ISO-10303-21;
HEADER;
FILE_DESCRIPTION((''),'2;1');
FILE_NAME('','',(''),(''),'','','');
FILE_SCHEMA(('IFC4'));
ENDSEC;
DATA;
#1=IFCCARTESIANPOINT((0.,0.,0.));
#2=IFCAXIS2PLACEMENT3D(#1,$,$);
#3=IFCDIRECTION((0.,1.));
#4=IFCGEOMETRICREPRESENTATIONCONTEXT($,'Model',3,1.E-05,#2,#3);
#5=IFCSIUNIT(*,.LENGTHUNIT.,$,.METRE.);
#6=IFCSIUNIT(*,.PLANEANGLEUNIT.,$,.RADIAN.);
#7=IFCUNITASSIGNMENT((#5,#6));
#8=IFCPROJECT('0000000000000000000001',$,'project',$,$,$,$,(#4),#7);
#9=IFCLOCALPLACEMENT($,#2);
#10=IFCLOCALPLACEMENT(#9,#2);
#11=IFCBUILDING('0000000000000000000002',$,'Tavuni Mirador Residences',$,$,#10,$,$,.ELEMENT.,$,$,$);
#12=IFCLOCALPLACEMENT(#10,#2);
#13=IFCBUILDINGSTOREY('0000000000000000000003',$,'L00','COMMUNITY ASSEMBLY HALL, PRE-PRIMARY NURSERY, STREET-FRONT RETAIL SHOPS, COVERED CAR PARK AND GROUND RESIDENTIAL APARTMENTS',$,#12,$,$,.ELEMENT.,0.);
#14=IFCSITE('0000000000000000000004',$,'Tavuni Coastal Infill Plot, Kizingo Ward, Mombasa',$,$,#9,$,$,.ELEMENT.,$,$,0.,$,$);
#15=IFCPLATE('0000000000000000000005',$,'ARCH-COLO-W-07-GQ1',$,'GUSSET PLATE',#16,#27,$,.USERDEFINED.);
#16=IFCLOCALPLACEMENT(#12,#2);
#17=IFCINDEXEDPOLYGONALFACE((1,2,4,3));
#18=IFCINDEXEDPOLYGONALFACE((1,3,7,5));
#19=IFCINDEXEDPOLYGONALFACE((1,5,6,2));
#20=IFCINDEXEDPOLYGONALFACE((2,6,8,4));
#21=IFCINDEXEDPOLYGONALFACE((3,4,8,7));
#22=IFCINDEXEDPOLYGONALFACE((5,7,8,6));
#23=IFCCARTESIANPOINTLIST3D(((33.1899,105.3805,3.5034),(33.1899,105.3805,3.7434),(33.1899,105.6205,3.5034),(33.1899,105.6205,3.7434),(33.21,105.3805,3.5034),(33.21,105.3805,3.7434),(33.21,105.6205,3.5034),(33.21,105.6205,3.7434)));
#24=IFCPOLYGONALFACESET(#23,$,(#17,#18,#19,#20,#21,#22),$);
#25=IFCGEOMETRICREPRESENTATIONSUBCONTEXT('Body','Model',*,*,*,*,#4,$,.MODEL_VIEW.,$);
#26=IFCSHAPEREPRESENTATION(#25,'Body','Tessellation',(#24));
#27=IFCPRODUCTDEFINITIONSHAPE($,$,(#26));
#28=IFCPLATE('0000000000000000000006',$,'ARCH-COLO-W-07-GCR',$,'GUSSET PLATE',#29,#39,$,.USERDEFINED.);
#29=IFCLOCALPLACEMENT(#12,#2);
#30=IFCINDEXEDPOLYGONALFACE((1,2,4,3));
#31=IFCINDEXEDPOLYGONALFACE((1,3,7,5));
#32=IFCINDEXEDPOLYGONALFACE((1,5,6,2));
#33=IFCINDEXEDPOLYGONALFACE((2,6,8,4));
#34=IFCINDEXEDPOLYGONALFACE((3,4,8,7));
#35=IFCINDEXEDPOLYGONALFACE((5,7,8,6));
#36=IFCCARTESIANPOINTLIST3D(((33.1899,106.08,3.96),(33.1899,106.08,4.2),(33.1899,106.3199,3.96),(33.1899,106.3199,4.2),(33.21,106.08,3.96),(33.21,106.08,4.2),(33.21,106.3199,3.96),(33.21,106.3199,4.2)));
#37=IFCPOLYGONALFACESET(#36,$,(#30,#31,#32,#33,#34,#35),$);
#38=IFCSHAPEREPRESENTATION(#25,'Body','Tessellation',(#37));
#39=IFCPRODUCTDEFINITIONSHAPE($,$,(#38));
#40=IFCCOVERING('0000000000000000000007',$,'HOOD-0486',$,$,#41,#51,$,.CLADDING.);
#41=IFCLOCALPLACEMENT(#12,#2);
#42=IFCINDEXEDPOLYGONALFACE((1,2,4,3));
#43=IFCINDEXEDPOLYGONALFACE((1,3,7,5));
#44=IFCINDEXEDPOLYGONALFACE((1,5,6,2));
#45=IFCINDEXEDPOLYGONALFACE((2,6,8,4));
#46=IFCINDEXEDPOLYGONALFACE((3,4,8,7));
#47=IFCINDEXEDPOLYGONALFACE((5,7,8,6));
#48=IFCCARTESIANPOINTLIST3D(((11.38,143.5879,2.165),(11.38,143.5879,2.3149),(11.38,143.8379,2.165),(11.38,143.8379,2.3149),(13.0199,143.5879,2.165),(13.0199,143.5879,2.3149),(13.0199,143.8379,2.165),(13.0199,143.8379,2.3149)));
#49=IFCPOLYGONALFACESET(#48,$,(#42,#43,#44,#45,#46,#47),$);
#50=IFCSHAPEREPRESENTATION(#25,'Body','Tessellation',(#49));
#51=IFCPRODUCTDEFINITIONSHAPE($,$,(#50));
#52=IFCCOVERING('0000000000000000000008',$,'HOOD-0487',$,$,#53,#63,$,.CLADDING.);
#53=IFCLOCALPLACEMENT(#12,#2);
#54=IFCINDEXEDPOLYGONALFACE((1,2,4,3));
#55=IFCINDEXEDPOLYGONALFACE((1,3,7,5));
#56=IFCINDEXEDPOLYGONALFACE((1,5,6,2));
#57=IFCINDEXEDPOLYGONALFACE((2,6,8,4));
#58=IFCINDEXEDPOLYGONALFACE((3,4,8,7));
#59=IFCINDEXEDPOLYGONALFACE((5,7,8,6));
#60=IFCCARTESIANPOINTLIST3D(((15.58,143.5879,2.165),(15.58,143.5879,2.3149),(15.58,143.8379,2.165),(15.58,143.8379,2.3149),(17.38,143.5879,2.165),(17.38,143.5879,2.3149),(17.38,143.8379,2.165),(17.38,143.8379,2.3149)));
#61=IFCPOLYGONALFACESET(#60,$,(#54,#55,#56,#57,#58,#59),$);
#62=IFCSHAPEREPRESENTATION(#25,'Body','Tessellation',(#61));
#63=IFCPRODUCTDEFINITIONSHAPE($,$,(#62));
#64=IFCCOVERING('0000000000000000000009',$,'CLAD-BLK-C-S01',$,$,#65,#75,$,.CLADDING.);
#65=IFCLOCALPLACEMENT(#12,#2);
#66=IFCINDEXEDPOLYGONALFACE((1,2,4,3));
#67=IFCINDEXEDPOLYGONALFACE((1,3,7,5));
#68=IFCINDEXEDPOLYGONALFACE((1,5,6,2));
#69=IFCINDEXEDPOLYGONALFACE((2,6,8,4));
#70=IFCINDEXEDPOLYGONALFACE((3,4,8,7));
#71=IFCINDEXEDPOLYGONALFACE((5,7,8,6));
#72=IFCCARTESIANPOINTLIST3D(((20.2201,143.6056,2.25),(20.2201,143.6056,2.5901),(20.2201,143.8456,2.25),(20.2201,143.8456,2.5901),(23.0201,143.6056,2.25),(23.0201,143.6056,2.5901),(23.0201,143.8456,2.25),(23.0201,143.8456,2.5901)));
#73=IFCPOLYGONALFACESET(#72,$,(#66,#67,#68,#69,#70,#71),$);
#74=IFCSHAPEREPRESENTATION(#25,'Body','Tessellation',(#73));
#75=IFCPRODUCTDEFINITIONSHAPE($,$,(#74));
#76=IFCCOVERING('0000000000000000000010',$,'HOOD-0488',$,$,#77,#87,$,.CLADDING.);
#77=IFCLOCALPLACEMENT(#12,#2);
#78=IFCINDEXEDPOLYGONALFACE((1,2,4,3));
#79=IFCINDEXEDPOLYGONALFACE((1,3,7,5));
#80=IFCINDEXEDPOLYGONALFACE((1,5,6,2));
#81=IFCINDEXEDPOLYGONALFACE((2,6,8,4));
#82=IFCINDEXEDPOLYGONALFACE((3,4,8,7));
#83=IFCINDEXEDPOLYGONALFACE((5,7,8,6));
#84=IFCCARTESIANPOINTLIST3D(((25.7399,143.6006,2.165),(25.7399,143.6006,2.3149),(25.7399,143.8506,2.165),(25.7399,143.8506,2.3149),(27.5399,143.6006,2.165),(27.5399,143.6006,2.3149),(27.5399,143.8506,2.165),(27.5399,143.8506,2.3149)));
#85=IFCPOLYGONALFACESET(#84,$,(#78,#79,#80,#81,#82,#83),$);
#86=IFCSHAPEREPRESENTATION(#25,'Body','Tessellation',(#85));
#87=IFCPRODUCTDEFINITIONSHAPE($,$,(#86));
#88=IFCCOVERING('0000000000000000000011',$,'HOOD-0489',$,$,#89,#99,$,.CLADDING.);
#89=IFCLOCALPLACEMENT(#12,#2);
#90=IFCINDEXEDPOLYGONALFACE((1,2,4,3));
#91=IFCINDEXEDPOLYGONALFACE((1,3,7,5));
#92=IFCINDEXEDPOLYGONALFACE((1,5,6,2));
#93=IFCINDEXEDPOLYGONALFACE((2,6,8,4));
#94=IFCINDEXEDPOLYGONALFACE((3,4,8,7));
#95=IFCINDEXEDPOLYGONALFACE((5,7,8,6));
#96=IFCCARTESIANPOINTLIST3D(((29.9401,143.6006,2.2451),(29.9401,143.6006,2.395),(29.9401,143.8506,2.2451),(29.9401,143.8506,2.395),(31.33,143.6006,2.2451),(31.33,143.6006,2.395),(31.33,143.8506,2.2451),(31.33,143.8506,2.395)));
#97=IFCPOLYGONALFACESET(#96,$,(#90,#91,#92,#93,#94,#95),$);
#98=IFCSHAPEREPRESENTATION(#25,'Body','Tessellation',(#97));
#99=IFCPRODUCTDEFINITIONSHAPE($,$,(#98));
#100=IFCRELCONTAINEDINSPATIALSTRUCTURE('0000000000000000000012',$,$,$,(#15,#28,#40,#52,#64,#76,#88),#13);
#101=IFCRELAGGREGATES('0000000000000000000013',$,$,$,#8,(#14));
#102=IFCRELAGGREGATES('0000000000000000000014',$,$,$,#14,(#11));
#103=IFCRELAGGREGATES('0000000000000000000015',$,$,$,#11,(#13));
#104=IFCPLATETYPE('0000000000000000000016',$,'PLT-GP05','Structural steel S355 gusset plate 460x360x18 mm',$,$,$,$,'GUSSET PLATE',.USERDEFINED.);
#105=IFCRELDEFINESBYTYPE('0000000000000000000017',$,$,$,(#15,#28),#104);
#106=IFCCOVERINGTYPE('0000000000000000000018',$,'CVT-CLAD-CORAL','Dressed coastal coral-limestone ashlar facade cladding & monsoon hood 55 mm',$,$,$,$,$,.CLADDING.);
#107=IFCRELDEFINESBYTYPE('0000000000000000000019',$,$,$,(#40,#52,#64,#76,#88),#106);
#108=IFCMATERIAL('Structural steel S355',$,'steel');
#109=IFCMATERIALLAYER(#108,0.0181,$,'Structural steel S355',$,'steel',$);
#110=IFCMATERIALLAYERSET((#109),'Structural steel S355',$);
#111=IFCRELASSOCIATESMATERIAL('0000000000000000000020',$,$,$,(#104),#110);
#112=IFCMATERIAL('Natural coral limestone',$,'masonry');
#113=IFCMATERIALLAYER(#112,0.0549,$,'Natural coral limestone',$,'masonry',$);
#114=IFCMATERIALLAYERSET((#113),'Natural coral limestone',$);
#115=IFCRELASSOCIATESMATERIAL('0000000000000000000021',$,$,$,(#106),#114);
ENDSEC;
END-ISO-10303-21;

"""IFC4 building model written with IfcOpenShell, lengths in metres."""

from ifc_helpers import new_model, si_unit, direction, frame, origin, origin_2d, place, context, subcontext, project, spatial, rectangle, extrude, material, layer, layer_set, type_object, element, save


model = new_model("IFC4")

# Units and contexts
model_context = context("Model", 3, precision=1e-05, world=origin(), true_north=direction((0.0, 1.0)))
body_context = subcontext(model_context, "Body", "Model", "MODEL_VIEW")
ifc_project = project(units=[si_unit("LENGTHUNIT", "METRE"), si_unit("PLANEANGLEUNIT", "RADIAN")], contexts=[model_context])

# Site, building, storey
site_placement = place(None, origin())
site = spatial("IfcSite", under=ifc_project, at=site_placement, Name="Tavuni Coastal Infill Plot, Kizingo Ward, Mombasa", CompositionType="ELEMENT", RefElevation=0.0)
building_placement = place(site_placement, origin())
building = spatial("IfcBuilding", under=site, at=building_placement, Name="Tavuni Mirador Residences", CompositionType="ELEMENT")
storey_placement = place(building_placement, origin())
storey = spatial("IfcBuildingStorey", under=building, at=storey_placement, Name="L00", Description="COMMUNITY ASSEMBLY HALL, PRE-PRIMARY NURSERY, STREET-FRONT RETAIL SHOPS, COVERED CAR PARK AND GROUND RESIDENTIAL APARTMENTS", CompositionType="ELEMENT", Elevation=0.0)

# Shared definitions
ifc_material_1 = material(Name="Structural steel S355", Category="steel")

# Plates
ifc_layer_1 = layer(ifc_material_1, 0.0181, Name="Structural steel S355", Category="steel")
ifc_layer_set_1 = layer_set([ifc_layer_1], Name="Structural steel S355")
plate_type = type_object("IfcPlateType", Name="PLT-GP05", Description="Structural steel S355 gusset plate 460x360x18 mm", ElementType="GUSSET PLATE", PredefinedType="USERDEFINED", material=ifc_layer_set_1)
for number, where, z_axis, x_axis, name in (
    (1, (33.2, 105.5005, 3.5034), (0.0, 0.0, 1.0), (1.0, 0.0, 0.0), "ARCH-COLO-W-07-GQ1"),
    (2, (33.2, 106.2, 3.96), (0.0, 0.0, 1.0), (1.0, 0.0, 0.0), "ARCH-COLO-W-07-GCR"),
):
    element("IfcPlate", number, at=place(storey_placement, frame(where, z_axis=z_axis, x_axis=x_axis)), inside=storey, type_object=plate_type, Name=name, ObjectType="GUSSET PLATE", PredefinedType="USERDEFINED", context=body_context, shape_type="SweptSolid", body=[
        extrude(rectangle(XDim=0.02, YDim=0.24, at=origin_2d()), origin(), (0.0, 0.0, 1.0), 0.24),
    ])

# Coverings
ifc_material_2 = material(Name="Natural coral limestone", Category="masonry")
ifc_layer_2 = layer(ifc_material_2, 0.0549, Name="Natural coral limestone", Category="masonry")
ifc_layer_set_2 = layer_set([ifc_layer_2], Name="Natural coral limestone")
covering_type = type_object("IfcCoveringType", Name="CVT-CLAD-CORAL", Description="Dressed coastal coral-limestone ashlar facade cladding & monsoon hood 55 mm", PredefinedType="CLADDING", material=ifc_layer_set_2)
covering_1_placement = place(storey_placement, frame((12.2, 143.7129, 2.165), z_axis=(0.0, 0.0, 1.0), x_axis=(1.0, 0.0, 0.0)))
element("IfcCovering", 3, at=covering_1_placement, inside=storey, type_object=covering_type, Name="HOOD-0486", PredefinedType="CLADDING", context=body_context, shape_type="SweptSolid", body=[
    extrude(rectangle(XDim=1.6399, YDim=0.25, at=origin_2d()), origin(), (0.0, 0.0, 1.0), 0.1499),
])
covering_2_placement = place(storey_placement, frame((16.48, 143.7129, 2.165), z_axis=(0.0, 0.0, 1.0), x_axis=(1.0, 0.0, 0.0)))
element("IfcCovering", 4, at=covering_2_placement, inside=storey, type_object=covering_type, Name="HOOD-0487", PredefinedType="CLADDING", context=body_context, shape_type="SweptSolid", body=[
    extrude(rectangle(XDim=1.8, YDim=0.25, at=origin_2d()), origin(), (0.0, 0.0, 1.0), 0.1499),
])
covering_3_placement = place(storey_placement, frame((21.6201, 143.7256, 2.25), z_axis=(0.0, 0.0, 1.0), x_axis=(1.0, 0.0, 0.0)))
element("IfcCovering", 5, at=covering_3_placement, inside=storey, type_object=covering_type, Name="CLAD-BLK-C-S01", PredefinedType="CLADDING", context=body_context, shape_type="SweptSolid", body=[
    extrude(rectangle(XDim=2.8, YDim=0.24, at=origin_2d()), origin(), (0.0, 0.0, 1.0), 0.3401),
])
covering_4_placement = place(storey_placement, frame((26.6399, 143.7256, 2.165), z_axis=(0.0, 0.0, 1.0), x_axis=(1.0, 0.0, 0.0)))
element("IfcCovering", 6, at=covering_4_placement, inside=storey, type_object=covering_type, Name="HOOD-0488", PredefinedType="CLADDING", context=body_context, shape_type="SweptSolid", body=[
    extrude(rectangle(XDim=1.8, YDim=0.25, at=origin_2d()), origin(), (0.0, 0.0, 1.0), 0.1499),
])
covering_5_placement = place(storey_placement, frame((30.635, 143.7256, 2.2451), z_axis=(0.0, 0.0, 1.0), x_axis=(1.0, 0.0, 0.0)))
element("IfcCovering", 7, at=covering_5_placement, inside=storey, type_object=covering_type, Name="HOOD-0489", PredefinedType="CLADDING", context=body_context, shape_type="SweptSolid", body=[
    extrude(rectangle(XDim=1.3899, YDim=0.25, at=origin_2d()), origin(), (0.0, 0.0, 1.0), 0.1499),
])

save(model, "model.ifc")
